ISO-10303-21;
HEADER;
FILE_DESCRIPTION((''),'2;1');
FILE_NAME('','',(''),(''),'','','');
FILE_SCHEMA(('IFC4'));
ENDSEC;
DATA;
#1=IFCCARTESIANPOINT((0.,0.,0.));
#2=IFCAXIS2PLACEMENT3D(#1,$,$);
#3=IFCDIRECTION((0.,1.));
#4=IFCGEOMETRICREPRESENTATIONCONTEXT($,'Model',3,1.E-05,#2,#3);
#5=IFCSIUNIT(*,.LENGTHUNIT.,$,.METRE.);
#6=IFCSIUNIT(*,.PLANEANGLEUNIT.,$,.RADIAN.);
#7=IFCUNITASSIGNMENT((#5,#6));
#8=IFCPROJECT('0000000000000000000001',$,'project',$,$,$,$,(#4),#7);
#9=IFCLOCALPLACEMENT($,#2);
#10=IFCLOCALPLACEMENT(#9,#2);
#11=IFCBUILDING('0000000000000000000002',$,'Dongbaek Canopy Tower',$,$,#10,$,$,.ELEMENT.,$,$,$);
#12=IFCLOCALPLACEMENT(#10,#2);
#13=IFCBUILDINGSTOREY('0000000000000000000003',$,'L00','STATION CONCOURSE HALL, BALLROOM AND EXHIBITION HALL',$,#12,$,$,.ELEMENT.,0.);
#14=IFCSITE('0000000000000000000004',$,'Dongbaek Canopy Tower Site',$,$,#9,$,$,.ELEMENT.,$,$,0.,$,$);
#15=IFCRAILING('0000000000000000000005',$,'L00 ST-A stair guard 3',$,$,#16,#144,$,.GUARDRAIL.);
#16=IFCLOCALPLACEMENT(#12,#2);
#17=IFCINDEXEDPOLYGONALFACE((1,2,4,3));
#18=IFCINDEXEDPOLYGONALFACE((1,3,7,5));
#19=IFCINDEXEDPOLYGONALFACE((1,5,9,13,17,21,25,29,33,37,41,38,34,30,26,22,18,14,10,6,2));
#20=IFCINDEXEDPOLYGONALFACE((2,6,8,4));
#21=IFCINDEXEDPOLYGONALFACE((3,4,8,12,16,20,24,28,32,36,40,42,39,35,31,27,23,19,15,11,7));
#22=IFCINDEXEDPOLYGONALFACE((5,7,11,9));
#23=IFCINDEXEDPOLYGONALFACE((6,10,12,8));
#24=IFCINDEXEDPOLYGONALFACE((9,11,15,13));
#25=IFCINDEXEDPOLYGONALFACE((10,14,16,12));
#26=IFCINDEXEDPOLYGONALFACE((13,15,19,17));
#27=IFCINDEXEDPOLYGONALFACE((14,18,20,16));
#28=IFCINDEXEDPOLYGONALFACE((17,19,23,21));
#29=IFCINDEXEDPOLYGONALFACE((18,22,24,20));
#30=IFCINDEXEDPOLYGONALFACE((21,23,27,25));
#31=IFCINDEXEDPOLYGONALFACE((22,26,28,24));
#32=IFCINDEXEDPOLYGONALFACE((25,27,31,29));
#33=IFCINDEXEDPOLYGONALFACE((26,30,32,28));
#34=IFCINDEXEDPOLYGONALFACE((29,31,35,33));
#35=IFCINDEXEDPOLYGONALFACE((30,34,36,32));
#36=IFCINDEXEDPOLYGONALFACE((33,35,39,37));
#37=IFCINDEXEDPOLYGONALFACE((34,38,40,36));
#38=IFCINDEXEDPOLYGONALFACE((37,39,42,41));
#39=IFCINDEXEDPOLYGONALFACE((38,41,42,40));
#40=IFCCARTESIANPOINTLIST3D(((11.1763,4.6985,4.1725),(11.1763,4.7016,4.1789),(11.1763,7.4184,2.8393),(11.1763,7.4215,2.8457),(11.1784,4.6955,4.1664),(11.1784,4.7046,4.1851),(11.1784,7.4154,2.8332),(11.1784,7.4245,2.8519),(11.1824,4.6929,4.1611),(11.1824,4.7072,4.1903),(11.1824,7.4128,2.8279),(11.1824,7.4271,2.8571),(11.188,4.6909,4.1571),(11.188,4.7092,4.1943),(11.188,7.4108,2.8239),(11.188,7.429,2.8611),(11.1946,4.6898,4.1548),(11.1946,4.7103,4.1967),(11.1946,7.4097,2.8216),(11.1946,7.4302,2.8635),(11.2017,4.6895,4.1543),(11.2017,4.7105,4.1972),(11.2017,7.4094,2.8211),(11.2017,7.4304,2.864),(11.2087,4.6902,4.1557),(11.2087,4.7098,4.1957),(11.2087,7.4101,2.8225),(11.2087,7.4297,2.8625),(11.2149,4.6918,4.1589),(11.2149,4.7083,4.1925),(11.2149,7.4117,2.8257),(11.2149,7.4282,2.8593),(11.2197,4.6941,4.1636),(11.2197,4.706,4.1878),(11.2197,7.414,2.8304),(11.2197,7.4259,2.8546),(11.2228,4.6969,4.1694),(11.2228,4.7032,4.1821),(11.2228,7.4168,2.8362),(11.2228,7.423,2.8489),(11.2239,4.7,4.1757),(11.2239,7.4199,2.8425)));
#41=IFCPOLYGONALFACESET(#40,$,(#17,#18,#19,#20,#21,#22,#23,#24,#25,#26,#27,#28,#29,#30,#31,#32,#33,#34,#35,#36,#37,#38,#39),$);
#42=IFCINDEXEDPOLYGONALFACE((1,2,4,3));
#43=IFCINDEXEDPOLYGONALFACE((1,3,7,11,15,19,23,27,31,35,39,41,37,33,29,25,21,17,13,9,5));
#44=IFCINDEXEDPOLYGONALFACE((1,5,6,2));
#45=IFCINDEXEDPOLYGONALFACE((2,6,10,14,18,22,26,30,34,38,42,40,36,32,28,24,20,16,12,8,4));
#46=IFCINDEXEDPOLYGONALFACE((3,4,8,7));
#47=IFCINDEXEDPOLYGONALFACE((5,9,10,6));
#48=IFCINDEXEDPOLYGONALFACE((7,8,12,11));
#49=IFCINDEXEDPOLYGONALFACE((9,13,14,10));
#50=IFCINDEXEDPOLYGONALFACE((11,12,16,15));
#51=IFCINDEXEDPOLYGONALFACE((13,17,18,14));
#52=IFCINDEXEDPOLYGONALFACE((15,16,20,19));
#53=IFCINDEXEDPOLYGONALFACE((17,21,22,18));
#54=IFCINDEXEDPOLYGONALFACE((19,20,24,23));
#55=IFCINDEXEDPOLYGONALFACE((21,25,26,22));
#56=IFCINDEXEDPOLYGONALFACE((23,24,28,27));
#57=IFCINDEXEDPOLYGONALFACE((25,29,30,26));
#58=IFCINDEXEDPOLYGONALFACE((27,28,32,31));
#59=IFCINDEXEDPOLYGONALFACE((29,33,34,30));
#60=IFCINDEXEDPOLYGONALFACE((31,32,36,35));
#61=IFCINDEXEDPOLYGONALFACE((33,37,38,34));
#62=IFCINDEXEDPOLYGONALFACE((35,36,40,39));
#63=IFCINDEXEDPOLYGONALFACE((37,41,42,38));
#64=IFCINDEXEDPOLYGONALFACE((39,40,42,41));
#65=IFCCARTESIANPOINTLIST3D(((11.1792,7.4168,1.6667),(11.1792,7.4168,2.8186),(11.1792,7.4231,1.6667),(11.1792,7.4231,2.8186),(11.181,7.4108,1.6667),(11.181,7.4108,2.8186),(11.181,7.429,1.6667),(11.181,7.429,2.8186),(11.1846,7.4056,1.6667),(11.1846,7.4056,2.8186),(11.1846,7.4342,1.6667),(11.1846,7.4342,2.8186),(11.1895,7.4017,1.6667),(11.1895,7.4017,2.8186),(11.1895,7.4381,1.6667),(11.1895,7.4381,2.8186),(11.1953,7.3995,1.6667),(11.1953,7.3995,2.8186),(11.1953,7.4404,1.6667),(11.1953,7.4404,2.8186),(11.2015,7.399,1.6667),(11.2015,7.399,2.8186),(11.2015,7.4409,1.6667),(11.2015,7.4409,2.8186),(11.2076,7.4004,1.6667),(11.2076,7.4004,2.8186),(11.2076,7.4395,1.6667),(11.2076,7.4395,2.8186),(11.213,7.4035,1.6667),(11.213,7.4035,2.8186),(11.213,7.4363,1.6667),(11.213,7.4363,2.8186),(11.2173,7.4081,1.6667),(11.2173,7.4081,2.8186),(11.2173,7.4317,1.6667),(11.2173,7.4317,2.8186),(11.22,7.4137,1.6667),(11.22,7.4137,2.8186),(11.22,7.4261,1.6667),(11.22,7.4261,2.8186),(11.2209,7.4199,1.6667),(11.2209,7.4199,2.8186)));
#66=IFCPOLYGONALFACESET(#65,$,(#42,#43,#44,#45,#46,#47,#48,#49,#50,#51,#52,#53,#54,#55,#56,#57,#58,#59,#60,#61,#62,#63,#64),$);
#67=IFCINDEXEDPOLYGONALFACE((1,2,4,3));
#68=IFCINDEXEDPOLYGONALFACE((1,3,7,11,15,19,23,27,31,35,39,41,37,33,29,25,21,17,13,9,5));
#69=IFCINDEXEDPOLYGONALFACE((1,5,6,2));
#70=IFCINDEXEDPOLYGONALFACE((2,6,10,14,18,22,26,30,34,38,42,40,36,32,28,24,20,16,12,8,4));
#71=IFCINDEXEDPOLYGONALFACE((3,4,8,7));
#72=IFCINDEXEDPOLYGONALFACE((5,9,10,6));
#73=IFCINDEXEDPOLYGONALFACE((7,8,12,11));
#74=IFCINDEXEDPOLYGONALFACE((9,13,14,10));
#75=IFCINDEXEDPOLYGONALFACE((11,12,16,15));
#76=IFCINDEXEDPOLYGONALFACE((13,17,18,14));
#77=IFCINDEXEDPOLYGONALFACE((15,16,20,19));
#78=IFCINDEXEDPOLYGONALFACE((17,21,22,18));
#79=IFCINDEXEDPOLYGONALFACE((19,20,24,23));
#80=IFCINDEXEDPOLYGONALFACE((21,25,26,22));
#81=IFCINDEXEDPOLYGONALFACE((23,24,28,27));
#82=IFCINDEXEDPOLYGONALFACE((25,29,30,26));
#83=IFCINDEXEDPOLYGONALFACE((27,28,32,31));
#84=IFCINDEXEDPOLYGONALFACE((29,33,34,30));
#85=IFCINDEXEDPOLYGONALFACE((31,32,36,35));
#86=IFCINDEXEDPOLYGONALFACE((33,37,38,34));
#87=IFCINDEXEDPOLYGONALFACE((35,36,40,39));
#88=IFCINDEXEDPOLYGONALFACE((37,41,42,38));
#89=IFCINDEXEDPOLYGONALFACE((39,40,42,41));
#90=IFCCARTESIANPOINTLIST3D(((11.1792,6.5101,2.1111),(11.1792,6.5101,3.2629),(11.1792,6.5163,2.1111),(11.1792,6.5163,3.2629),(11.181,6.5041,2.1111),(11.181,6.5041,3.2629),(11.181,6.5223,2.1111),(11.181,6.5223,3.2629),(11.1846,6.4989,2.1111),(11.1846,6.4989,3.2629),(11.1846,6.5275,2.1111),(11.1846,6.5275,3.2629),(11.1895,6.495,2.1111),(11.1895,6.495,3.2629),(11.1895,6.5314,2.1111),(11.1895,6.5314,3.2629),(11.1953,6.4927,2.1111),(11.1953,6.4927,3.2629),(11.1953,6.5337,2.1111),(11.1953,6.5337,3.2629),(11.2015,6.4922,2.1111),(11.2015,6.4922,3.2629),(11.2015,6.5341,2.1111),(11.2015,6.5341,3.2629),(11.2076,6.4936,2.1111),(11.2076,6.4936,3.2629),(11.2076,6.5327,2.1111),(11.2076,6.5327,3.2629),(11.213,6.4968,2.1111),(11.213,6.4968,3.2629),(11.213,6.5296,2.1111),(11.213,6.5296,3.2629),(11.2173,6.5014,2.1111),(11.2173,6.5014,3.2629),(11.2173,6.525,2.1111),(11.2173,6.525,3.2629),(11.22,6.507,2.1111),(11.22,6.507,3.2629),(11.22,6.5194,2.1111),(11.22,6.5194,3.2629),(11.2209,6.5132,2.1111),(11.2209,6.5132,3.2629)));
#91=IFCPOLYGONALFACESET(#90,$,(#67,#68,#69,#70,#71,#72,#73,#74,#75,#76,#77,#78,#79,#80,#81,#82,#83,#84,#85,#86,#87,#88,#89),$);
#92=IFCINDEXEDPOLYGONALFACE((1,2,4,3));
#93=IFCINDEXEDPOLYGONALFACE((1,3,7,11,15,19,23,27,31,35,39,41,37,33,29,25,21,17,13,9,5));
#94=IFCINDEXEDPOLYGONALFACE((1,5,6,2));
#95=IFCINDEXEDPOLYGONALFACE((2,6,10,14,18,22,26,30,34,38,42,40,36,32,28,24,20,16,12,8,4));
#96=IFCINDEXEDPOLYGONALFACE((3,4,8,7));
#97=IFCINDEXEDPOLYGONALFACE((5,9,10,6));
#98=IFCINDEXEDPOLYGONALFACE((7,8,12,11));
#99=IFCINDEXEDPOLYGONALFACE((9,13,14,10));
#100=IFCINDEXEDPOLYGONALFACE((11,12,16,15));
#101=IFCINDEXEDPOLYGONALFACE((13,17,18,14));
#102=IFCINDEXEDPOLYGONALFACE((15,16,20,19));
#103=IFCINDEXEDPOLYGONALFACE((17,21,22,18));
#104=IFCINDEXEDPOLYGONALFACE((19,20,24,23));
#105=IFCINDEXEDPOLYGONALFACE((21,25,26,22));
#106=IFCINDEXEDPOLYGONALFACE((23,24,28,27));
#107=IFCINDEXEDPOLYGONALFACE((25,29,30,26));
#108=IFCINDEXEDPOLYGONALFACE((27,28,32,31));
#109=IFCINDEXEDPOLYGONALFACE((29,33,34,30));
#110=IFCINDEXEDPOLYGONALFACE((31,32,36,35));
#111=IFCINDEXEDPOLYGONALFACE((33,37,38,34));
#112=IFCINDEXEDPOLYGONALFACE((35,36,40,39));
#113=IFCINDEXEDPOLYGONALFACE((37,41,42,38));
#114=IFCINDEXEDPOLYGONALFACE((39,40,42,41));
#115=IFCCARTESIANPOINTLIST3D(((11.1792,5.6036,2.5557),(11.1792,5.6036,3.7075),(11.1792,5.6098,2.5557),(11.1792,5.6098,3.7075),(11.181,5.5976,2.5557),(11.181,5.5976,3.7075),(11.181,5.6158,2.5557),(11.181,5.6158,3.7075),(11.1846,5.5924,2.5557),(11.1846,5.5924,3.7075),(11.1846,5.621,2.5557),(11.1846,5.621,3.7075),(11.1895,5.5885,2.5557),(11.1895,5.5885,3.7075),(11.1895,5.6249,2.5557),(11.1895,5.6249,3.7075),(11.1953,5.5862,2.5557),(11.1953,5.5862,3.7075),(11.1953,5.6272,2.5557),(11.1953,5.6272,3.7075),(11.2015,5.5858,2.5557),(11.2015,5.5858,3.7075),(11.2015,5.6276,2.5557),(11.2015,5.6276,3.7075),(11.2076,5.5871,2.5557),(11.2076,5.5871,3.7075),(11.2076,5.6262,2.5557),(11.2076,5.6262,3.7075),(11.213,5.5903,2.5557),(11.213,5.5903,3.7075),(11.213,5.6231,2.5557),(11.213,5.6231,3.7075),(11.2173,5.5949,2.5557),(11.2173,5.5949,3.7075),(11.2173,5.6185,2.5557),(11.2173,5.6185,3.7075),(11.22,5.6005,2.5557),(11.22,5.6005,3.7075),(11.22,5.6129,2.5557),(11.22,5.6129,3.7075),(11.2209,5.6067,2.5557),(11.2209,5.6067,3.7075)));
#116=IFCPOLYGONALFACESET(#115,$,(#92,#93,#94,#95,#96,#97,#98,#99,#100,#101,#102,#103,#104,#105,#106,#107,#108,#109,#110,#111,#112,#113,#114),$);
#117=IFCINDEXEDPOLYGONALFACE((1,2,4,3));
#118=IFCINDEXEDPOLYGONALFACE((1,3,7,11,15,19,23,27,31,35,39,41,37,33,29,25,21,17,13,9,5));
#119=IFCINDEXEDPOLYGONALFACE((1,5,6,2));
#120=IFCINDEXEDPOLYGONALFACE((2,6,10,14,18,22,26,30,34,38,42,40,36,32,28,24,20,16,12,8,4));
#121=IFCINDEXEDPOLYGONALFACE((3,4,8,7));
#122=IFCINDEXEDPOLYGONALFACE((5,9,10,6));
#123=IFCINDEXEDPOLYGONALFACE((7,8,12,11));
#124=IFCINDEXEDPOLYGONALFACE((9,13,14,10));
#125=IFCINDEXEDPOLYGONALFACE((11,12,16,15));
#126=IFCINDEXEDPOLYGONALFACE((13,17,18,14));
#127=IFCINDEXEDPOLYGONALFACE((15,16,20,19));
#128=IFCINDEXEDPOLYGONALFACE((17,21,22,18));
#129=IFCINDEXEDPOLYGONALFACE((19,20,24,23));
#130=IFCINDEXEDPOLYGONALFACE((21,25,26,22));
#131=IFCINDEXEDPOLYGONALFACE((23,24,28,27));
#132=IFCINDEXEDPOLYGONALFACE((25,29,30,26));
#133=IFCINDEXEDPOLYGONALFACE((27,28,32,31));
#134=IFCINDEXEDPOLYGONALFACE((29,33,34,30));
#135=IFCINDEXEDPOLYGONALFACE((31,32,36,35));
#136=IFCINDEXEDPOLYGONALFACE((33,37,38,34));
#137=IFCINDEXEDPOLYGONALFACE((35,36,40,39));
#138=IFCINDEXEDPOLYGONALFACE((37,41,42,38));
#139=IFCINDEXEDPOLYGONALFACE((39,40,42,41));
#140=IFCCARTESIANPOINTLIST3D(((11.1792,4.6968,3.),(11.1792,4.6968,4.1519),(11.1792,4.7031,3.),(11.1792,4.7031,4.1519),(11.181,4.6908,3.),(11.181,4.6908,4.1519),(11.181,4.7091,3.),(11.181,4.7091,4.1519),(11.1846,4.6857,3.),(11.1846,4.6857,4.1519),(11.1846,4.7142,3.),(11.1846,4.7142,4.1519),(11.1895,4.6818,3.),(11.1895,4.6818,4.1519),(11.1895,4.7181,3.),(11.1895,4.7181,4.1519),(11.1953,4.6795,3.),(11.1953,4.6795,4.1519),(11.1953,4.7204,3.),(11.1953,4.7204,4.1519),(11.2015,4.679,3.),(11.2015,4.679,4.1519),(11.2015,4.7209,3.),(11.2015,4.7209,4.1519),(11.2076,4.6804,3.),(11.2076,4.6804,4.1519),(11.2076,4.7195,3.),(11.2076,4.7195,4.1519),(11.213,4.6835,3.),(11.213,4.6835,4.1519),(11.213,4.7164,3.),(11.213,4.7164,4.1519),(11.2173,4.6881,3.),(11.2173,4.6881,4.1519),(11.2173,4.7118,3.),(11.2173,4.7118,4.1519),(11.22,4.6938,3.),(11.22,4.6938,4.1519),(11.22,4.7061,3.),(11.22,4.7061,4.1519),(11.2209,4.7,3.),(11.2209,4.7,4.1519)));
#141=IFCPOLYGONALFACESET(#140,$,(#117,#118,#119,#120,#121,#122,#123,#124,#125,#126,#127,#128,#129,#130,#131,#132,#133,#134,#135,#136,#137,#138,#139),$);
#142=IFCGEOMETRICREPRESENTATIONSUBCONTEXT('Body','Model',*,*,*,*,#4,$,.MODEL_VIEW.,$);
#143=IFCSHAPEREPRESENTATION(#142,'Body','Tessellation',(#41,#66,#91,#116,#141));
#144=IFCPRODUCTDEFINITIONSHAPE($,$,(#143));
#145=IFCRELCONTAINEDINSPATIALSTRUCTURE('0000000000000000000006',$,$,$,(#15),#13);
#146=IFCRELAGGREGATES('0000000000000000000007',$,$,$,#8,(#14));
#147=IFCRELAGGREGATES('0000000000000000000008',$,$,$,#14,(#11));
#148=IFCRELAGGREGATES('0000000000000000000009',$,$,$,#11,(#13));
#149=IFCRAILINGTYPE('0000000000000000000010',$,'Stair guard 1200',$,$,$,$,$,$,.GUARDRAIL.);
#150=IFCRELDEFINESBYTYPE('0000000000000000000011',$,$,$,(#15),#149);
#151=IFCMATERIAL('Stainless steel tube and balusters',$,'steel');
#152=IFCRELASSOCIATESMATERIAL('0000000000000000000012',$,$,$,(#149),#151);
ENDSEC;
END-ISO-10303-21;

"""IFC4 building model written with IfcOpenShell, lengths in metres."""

from ifc_helpers import new_model, si_unit, direction, frame, origin, origin_2d, place, context, subcontext, project, spatial, circle, extrude, material, type_object, element, save


model = new_model("IFC4")

# Units and contexts
model_context = context("Model", 3, precision=1e-05, world=origin(), true_north=direction((0.0, 1.0)))
body_context = subcontext(model_context, "Body", "Model", "MODEL_VIEW")
ifc_project = project(units=[si_unit("LENGTHUNIT", "METRE"), si_unit("PLANEANGLEUNIT", "RADIAN")], contexts=[model_context])

# Site, building, storey
site_placement = place(None, origin())
site = spatial("IfcSite", under=ifc_project, at=site_placement, Name="Dongbaek Canopy Tower Site", CompositionType="ELEMENT", RefElevation=0.0)
building_placement = place(site_placement, origin())
building = spatial("IfcBuilding", under=site, at=building_placement, Name="Dongbaek Canopy Tower", CompositionType="ELEMENT")
storey_placement = place(building_placement, origin())
storey = spatial("IfcBuildingStorey", under=building, at=storey_placement, Name="L00", Description="STATION CONCOURSE HALL, BALLROOM AND EXHIBITION HALL", CompositionType="ELEMENT", Elevation=0.0)

# Railing
ifc_material_1 = material(Name="Stainless steel tube and balusters", Category="steel")
railing_type_1 = type_object("IfcRailingType", Name="Stair guard 1200", PredefinedType="GUARDRAIL", material=ifc_material_1)
railing_1_placement = place(storey_placement, frame((11.2, 7.4199, 1.6667)))
element("IfcRailing", 1, at=railing_1_placement, inside=storey, type_object=railing_type_1, Name="L00 ST-A stair guard 3", PredefinedType="GUARDRAIL", context=body_context, shape_type="SweptSolid", body=[
    extrude(circle(Radius=0.0239, at=origin_2d()), frame((0.0, 0.0, 1.1758), z_axis=(0.0, -0.897929, 0.440139), x_axis=(1.0, 0.0, 0.0)), (0.0, 0.0, 1.0), 3.0291),
    extrude(circle(Radius=0.021, at=origin_2d()), origin(), (0.0, 0.0, 1.0), 1.1519),
    extrude(circle(Radius=0.021, at=origin_2d()), frame((0.0, -0.9067, 0.4443)), (0.0, 0.0, 1.0), 1.1519),
    extrude(circle(Radius=0.021, at=origin_2d()), frame((0.0, -1.8132, 0.8889)), (0.0, 0.0, 1.0), 1.1519),
    extrude(circle(Radius=0.021, at=origin_2d()), frame((0.0, -2.72, 1.3333)), (0.0, 0.0, 1.0), 1.1519),
])

save(model, "model.ifc")
